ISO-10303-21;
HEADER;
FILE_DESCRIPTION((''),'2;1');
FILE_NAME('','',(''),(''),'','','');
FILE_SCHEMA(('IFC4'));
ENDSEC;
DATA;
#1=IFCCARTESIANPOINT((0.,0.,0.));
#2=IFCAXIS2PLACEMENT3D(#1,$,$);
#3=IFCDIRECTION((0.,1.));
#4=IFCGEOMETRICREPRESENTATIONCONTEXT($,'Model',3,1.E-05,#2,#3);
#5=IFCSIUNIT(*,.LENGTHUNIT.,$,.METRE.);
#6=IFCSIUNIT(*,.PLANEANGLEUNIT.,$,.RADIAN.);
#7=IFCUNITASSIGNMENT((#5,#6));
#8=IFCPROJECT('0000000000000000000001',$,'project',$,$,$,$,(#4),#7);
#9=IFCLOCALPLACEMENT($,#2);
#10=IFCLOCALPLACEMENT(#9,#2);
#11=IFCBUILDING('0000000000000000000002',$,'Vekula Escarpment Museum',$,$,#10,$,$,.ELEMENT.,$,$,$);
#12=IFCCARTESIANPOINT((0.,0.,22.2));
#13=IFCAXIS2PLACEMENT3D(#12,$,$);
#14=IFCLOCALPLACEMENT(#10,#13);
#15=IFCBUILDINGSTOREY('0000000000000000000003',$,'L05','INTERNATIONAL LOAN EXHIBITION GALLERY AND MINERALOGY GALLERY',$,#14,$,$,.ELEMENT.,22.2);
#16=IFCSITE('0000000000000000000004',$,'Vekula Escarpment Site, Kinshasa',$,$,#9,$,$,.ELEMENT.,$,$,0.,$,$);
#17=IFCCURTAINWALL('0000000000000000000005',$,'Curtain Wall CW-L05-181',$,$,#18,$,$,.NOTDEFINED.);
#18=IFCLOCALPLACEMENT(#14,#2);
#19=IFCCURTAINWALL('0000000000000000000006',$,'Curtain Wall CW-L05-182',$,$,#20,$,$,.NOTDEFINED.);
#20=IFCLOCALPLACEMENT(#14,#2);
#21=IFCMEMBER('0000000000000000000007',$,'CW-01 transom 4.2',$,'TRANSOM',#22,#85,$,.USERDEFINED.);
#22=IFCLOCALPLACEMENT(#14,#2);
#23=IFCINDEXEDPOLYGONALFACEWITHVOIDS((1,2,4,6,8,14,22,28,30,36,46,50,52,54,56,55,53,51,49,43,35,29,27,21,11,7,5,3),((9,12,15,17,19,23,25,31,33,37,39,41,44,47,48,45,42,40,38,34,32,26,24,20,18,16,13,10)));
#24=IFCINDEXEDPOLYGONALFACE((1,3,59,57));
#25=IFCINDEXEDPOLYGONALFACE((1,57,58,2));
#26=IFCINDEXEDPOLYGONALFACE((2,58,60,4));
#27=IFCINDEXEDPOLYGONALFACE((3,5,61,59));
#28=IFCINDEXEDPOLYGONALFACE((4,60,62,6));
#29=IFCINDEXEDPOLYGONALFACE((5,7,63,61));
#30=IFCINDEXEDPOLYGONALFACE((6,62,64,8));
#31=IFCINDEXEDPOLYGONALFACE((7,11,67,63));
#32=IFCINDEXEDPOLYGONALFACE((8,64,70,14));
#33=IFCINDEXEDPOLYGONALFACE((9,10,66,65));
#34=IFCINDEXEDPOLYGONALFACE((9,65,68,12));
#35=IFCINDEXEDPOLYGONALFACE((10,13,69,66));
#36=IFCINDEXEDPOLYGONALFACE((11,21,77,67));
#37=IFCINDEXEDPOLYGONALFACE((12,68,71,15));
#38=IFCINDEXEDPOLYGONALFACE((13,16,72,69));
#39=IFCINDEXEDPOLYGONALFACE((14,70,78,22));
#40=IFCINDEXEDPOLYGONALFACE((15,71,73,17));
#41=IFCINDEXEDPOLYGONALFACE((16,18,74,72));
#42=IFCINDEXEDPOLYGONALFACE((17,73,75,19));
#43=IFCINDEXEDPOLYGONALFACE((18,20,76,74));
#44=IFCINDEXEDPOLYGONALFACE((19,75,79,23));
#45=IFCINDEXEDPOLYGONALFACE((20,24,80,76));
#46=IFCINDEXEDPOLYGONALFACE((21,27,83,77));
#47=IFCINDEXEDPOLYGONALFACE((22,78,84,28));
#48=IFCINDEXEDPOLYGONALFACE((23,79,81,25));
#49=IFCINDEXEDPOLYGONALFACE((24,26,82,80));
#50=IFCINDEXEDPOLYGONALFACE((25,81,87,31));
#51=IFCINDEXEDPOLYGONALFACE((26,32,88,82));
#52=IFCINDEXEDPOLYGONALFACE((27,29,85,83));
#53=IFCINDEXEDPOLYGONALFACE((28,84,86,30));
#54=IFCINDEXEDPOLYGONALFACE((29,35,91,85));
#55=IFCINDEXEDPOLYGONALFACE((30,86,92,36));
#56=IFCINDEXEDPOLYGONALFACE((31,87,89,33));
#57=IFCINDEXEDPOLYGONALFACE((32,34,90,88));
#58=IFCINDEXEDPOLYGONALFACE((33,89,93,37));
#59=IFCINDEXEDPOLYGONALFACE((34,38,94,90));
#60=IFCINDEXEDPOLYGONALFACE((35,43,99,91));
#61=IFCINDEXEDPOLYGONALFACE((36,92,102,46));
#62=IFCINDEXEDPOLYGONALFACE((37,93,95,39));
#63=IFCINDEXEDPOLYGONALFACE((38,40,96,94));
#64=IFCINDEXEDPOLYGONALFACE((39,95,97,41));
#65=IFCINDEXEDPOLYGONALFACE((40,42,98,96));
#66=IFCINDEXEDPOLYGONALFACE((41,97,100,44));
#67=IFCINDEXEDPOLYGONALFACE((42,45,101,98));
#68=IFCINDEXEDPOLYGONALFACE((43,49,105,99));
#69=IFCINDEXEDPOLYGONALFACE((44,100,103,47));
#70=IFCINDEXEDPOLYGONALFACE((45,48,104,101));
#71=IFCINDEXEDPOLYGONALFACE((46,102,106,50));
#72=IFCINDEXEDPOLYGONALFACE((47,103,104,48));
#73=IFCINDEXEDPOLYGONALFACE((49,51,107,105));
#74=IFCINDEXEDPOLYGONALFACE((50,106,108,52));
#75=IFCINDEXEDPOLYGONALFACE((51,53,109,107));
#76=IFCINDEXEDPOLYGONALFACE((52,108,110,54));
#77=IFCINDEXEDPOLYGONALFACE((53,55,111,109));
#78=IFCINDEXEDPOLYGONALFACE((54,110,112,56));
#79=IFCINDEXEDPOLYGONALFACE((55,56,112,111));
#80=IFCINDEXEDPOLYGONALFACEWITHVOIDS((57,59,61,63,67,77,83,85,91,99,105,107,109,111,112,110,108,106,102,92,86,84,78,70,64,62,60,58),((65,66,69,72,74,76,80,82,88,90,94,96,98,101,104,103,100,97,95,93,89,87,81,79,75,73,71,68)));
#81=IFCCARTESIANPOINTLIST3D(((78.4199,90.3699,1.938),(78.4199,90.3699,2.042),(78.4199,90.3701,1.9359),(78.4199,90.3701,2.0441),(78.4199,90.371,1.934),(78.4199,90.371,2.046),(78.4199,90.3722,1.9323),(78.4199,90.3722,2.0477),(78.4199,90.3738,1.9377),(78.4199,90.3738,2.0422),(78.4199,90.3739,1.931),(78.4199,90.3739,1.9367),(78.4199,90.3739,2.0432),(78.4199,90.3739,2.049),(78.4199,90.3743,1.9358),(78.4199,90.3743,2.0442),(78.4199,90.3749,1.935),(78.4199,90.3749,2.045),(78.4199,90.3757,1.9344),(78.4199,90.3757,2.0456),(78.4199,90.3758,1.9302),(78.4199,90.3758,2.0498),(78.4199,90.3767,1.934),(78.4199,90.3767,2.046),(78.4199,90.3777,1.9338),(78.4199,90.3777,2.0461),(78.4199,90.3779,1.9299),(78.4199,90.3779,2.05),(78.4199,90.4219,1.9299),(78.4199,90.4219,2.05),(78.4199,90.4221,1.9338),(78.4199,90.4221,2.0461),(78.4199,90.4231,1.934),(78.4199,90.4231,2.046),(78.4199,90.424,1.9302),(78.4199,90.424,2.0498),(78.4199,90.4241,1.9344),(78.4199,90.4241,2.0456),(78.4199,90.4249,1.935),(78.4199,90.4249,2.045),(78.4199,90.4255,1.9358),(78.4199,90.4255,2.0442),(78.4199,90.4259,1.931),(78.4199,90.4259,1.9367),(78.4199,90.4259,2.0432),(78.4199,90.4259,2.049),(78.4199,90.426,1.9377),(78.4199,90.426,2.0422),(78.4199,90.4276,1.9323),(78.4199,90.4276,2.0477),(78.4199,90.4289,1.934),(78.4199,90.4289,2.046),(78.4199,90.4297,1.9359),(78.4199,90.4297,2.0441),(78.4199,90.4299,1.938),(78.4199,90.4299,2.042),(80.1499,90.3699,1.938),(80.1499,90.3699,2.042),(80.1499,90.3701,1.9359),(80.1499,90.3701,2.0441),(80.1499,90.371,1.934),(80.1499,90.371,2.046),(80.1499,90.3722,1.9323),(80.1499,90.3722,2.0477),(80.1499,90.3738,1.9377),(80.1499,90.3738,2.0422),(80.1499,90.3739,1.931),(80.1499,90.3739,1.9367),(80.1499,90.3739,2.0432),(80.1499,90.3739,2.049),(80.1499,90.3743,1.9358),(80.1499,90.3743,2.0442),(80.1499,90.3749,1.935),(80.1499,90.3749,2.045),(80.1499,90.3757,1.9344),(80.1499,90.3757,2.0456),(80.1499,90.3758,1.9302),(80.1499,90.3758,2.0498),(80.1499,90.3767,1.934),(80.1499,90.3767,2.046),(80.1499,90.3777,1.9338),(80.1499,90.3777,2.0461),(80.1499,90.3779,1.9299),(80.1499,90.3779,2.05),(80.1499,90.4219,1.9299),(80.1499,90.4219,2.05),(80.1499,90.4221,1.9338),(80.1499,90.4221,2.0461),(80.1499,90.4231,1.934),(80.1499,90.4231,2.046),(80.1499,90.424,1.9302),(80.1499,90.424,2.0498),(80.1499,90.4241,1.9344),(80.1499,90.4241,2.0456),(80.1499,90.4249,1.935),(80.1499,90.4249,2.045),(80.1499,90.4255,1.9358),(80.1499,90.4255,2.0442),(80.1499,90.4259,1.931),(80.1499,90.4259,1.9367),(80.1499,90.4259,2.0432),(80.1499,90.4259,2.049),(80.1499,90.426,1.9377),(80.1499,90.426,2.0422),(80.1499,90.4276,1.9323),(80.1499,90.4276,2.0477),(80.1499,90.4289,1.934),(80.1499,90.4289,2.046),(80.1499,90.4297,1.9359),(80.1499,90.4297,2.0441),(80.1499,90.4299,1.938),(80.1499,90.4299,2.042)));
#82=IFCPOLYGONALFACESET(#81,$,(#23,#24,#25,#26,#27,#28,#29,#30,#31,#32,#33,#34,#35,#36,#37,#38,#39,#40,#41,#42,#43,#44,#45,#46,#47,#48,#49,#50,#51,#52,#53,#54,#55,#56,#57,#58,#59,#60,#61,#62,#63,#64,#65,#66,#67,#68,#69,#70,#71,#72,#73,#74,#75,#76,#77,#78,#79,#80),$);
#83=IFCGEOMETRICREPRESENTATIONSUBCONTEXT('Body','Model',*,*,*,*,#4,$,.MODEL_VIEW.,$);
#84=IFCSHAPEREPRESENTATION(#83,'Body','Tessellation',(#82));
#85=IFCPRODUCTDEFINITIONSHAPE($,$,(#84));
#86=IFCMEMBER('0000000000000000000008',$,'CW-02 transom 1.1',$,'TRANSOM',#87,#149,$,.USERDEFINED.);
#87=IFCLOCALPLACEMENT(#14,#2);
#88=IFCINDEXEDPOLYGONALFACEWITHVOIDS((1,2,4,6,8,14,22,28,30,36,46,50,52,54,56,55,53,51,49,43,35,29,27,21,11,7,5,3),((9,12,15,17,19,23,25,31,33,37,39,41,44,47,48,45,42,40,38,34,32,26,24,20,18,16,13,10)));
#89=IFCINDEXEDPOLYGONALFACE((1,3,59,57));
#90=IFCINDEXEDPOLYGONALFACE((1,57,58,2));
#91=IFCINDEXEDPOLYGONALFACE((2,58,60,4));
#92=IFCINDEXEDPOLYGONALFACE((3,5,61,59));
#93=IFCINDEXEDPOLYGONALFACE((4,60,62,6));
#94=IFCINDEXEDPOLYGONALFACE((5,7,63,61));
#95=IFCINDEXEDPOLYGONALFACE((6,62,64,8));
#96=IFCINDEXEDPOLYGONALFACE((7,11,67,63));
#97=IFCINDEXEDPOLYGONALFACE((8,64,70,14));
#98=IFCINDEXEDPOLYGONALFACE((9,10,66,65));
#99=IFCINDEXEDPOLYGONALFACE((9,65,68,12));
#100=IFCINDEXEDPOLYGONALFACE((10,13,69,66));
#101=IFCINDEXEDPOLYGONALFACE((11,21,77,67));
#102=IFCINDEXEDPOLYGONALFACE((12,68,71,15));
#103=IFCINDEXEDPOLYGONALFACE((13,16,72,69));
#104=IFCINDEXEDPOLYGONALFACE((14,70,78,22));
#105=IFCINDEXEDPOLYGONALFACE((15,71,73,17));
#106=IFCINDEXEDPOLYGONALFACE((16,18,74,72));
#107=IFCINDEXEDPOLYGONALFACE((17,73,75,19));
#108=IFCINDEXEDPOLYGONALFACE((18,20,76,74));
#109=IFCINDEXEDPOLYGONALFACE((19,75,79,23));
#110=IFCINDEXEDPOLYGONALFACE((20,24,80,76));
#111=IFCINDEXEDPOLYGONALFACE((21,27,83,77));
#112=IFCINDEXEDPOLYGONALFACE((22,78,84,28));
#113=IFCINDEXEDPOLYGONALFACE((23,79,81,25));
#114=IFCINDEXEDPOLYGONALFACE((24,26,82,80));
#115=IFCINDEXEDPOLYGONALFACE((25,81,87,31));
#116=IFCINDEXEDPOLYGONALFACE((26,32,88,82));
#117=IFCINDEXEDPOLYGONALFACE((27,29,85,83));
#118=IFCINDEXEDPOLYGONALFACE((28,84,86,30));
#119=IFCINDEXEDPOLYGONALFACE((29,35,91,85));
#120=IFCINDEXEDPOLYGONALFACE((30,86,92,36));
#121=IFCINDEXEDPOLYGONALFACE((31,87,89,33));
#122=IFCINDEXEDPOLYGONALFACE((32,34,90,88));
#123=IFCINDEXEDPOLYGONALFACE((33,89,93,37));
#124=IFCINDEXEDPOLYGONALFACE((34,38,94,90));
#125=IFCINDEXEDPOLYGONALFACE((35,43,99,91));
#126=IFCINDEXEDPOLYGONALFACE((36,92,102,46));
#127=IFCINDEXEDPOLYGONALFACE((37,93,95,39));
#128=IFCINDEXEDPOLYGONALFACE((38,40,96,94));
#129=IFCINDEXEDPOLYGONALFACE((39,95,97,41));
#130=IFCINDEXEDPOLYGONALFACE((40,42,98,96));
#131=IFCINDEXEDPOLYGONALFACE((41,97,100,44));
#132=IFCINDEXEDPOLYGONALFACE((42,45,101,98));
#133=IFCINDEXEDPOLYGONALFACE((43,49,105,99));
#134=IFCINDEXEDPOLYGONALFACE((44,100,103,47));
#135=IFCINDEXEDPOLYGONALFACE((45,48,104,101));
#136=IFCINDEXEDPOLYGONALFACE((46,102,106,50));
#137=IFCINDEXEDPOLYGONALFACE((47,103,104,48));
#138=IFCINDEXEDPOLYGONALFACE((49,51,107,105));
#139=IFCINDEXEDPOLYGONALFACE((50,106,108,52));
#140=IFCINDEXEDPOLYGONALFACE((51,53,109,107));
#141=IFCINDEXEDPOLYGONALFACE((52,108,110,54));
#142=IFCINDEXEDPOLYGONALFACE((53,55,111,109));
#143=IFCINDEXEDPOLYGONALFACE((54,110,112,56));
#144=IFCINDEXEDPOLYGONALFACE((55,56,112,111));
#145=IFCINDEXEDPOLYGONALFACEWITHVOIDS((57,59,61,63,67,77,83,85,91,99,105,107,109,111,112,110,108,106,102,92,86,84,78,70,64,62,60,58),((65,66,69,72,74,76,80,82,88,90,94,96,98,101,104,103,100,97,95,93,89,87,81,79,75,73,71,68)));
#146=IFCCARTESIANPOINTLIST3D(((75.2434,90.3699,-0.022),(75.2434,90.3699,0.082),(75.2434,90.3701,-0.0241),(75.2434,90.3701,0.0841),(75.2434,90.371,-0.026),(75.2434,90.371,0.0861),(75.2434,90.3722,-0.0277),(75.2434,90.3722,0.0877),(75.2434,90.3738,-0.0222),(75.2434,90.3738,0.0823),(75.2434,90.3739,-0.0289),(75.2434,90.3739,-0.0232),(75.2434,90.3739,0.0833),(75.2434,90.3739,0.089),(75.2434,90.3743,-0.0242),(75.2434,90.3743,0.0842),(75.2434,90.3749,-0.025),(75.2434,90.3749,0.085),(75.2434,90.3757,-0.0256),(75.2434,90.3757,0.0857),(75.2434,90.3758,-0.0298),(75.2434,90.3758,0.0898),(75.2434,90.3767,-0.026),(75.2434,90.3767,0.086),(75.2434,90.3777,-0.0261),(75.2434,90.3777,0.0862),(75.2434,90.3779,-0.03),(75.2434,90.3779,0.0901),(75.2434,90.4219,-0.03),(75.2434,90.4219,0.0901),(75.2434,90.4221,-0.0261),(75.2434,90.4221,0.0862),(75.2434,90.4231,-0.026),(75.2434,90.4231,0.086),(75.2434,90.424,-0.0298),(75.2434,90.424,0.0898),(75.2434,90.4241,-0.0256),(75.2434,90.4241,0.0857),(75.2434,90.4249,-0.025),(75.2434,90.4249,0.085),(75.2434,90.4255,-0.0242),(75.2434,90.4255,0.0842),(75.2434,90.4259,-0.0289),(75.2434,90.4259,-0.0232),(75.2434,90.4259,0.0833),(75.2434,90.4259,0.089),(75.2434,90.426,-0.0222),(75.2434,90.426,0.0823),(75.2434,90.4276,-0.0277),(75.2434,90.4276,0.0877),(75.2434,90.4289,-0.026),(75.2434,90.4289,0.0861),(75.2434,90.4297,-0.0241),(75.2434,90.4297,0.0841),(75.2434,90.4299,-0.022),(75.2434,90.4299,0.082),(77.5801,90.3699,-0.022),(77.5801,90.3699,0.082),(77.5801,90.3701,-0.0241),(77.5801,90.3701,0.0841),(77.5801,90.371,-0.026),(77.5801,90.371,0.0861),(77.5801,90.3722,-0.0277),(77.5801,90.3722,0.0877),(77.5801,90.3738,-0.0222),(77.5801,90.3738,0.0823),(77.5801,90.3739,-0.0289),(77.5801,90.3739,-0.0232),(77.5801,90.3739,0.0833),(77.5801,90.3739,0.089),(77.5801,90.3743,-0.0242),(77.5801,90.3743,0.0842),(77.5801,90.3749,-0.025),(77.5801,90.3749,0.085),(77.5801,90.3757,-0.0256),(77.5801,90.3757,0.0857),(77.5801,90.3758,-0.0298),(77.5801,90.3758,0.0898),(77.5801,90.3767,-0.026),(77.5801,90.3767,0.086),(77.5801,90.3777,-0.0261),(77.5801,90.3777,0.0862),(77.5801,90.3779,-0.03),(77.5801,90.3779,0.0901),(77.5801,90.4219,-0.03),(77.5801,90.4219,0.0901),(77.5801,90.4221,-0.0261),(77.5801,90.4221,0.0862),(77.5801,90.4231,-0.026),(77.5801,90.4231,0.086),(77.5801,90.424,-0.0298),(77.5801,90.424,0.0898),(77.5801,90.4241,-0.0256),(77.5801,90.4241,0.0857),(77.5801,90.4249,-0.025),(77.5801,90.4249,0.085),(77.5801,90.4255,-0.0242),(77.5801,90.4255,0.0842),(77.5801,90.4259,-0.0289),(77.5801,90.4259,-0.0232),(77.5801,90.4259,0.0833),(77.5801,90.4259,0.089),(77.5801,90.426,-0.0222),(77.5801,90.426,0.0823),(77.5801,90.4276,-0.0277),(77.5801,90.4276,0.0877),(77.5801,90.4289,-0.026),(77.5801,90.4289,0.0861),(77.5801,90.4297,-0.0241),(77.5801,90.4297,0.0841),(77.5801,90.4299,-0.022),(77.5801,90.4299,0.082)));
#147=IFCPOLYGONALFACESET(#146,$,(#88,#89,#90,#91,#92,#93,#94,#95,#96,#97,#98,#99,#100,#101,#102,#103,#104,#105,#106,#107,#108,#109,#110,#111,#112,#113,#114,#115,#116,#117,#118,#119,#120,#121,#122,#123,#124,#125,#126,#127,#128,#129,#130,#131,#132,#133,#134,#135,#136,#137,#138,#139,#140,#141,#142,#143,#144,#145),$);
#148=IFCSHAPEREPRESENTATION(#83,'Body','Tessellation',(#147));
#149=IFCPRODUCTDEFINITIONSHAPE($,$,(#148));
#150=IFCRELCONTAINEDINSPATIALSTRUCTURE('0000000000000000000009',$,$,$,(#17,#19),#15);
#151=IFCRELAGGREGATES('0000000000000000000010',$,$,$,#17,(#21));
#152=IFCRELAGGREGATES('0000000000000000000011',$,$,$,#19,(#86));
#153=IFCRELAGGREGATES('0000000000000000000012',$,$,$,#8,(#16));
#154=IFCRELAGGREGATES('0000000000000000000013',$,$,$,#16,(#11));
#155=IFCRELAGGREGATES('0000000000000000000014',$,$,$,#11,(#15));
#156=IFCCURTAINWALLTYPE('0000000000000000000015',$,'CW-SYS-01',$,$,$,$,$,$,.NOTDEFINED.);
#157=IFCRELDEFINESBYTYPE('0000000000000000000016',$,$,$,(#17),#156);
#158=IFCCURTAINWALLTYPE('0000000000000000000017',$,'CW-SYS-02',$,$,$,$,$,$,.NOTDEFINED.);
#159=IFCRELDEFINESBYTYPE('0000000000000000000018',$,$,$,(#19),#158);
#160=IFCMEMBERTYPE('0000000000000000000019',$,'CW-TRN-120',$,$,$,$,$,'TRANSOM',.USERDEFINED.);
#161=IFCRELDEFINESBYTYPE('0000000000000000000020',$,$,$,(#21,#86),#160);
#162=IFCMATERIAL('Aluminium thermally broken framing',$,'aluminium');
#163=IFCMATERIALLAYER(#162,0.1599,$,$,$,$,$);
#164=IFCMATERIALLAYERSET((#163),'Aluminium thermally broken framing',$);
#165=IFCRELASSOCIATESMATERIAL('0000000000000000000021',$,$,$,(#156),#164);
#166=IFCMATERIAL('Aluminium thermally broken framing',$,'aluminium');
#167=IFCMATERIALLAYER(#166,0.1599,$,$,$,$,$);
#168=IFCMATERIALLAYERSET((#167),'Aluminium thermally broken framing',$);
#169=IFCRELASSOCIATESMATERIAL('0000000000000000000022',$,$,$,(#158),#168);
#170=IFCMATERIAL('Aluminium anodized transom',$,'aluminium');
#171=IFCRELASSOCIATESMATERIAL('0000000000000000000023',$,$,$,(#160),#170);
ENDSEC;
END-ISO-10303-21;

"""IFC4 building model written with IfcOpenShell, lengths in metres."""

from ifc_helpers import new_model, si_unit, direction, frame, origin, origin_2d, place, context, subcontext, project, spatial, hollow_rectangle, extrude, material, layer, layer_set, material_profile, profile_set, type_object, element, aggregate, save


model = new_model("IFC4")

# Units and contexts
model_context = context("Model", 3, precision=1e-05, world=origin(), true_north=direction((0.0, 1.0)))
body_context = subcontext(model_context, "Body", "Model", "MODEL_VIEW")
ifc_project = project(units=[si_unit("LENGTHUNIT", "METRE"), si_unit("PLANEANGLEUNIT", "RADIAN")], contexts=[model_context])

# Site, building, storey
site_placement = place(None, origin())
site = spatial("IfcSite", under=ifc_project, at=site_placement, Name="Vekula Escarpment Site, Kinshasa", CompositionType="ELEMENT", RefElevation=0.0)
building_placement = place(site_placement, origin())
building = spatial("IfcBuilding", under=site, at=building_placement, Name="Vekula Escarpment Museum", CompositionType="ELEMENT")
storey_placement = place(building_placement, frame((0.0, 0.0, 22.2)))
storey = spatial("IfcBuildingStorey", under=building, at=storey_placement, Name="L05", Description="INTERNATIONAL LOAN EXHIBITION GALLERY AND MINERALOGY GALLERY", CompositionType="ELEMENT", Elevation=22.2)

# Curtain walls
ifc_material_1 = material(Name="Aluminium thermally broken framing", Category="aluminium")
ifc_layer_1 = layer(ifc_material_1, 0.1599)
ifc_layer_set_1 = layer_set([ifc_layer_1], Name="Aluminium thermally broken framing")
curtain_wall_type_1 = type_object("IfcCurtainWallType", Name="CW-SYS-01", PredefinedType="NOTDEFINED", material=ifc_layer_set_1)
curtain_wall_1_placement = place(storey_placement, origin())
curtain_wall_1 = element("IfcCurtainWall", 1, at=curtain_wall_1_placement, inside=storey, type_object=curtain_wall_type_1, Name="Curtain Wall CW-L05-181", PredefinedType="NOTDEFINED")
ifc_material_2 = material(Name="Aluminium thermally broken framing", Category="aluminium")
ifc_layer_2 = layer(ifc_material_2, 0.1599)
ifc_layer_set_2 = layer_set([ifc_layer_2], Name="Aluminium thermally broken framing")
curtain_wall_type_2 = type_object("IfcCurtainWallType", Name="CW-SYS-02", PredefinedType="NOTDEFINED", material=ifc_layer_set_2)
curtain_wall_2_placement = place(storey_placement, origin())
curtain_wall_2 = element("IfcCurtainWall", 2, at=curtain_wall_2_placement, inside=storey, type_object=curtain_wall_type_2, Name="Curtain Wall CW-L05-182", PredefinedType="NOTDEFINED")

# Members
ifc_material_3 = material(Name="Aluminium anodized transom", Category="aluminium")
ifc_material_profile_1 = material_profile(ifc_material_3, hollow_rectangle(XDim=0.0601, YDim=0.1201, WallThickness=0.0039, InnerFilletRadius=0.0039, OuterFilletRadius=0.0081, at=origin_2d()), Name="ALU 120x60x4")
ifc_profile_set_1 = profile_set([ifc_material_profile_1], Name="Aluminium anodized transom")
member_type_1 = type_object("IfcMemberType", Name="CW-TRN-120", ElementType="TRANSOM", PredefinedType="USERDEFINED", material=ifc_profile_set_1)
member_1_placement = place(storey_placement, frame((80.1499, 90.3999, 1.99), z_axis=(-1.0, 0.0, 0.0), x_axis=(0.0, -1.0, 0.0)))
member_1 = element("IfcMember", 3, at=member_1_placement, type_object=member_type_1, Name="CW-01 transom 4.2", ObjectType="TRANSOM", PredefinedType="USERDEFINED", context=body_context, shape_type="SweptSolid", body=[
    extrude(hollow_rectangle(XDim=0.0601, YDim=0.1201, WallThickness=0.0039, InnerFilletRadius=0.0039, OuterFilletRadius=0.0081, at=origin_2d()), origin(), (0.0, 0.0, 1.0), 1.73),
])
member_2_placement = place(storey_placement, frame((77.5801, 90.3999, 0.03), z_axis=(-1.0, 0.0, 0.0), x_axis=(0.0, -1.0, 0.0)))
member_2 = element("IfcMember", 4, at=member_2_placement, type_object=member_type_1, Name="CW-02 transom 1.1", ObjectType="TRANSOM", PredefinedType="USERDEFINED", context=body_context, shape_type="SweptSolid", body=[
    extrude(hollow_rectangle(XDim=0.0601, YDim=0.1201, WallThickness=0.0039, InnerFilletRadius=0.0039, OuterFilletRadius=0.0081, at=origin_2d()), origin(), (0.0, 0.0, 1.0), 2.3367),
])

aggregate(curtain_wall_1, [member_1])
aggregate(curtain_wall_2, [member_2])

save(model, "model.ifc")
